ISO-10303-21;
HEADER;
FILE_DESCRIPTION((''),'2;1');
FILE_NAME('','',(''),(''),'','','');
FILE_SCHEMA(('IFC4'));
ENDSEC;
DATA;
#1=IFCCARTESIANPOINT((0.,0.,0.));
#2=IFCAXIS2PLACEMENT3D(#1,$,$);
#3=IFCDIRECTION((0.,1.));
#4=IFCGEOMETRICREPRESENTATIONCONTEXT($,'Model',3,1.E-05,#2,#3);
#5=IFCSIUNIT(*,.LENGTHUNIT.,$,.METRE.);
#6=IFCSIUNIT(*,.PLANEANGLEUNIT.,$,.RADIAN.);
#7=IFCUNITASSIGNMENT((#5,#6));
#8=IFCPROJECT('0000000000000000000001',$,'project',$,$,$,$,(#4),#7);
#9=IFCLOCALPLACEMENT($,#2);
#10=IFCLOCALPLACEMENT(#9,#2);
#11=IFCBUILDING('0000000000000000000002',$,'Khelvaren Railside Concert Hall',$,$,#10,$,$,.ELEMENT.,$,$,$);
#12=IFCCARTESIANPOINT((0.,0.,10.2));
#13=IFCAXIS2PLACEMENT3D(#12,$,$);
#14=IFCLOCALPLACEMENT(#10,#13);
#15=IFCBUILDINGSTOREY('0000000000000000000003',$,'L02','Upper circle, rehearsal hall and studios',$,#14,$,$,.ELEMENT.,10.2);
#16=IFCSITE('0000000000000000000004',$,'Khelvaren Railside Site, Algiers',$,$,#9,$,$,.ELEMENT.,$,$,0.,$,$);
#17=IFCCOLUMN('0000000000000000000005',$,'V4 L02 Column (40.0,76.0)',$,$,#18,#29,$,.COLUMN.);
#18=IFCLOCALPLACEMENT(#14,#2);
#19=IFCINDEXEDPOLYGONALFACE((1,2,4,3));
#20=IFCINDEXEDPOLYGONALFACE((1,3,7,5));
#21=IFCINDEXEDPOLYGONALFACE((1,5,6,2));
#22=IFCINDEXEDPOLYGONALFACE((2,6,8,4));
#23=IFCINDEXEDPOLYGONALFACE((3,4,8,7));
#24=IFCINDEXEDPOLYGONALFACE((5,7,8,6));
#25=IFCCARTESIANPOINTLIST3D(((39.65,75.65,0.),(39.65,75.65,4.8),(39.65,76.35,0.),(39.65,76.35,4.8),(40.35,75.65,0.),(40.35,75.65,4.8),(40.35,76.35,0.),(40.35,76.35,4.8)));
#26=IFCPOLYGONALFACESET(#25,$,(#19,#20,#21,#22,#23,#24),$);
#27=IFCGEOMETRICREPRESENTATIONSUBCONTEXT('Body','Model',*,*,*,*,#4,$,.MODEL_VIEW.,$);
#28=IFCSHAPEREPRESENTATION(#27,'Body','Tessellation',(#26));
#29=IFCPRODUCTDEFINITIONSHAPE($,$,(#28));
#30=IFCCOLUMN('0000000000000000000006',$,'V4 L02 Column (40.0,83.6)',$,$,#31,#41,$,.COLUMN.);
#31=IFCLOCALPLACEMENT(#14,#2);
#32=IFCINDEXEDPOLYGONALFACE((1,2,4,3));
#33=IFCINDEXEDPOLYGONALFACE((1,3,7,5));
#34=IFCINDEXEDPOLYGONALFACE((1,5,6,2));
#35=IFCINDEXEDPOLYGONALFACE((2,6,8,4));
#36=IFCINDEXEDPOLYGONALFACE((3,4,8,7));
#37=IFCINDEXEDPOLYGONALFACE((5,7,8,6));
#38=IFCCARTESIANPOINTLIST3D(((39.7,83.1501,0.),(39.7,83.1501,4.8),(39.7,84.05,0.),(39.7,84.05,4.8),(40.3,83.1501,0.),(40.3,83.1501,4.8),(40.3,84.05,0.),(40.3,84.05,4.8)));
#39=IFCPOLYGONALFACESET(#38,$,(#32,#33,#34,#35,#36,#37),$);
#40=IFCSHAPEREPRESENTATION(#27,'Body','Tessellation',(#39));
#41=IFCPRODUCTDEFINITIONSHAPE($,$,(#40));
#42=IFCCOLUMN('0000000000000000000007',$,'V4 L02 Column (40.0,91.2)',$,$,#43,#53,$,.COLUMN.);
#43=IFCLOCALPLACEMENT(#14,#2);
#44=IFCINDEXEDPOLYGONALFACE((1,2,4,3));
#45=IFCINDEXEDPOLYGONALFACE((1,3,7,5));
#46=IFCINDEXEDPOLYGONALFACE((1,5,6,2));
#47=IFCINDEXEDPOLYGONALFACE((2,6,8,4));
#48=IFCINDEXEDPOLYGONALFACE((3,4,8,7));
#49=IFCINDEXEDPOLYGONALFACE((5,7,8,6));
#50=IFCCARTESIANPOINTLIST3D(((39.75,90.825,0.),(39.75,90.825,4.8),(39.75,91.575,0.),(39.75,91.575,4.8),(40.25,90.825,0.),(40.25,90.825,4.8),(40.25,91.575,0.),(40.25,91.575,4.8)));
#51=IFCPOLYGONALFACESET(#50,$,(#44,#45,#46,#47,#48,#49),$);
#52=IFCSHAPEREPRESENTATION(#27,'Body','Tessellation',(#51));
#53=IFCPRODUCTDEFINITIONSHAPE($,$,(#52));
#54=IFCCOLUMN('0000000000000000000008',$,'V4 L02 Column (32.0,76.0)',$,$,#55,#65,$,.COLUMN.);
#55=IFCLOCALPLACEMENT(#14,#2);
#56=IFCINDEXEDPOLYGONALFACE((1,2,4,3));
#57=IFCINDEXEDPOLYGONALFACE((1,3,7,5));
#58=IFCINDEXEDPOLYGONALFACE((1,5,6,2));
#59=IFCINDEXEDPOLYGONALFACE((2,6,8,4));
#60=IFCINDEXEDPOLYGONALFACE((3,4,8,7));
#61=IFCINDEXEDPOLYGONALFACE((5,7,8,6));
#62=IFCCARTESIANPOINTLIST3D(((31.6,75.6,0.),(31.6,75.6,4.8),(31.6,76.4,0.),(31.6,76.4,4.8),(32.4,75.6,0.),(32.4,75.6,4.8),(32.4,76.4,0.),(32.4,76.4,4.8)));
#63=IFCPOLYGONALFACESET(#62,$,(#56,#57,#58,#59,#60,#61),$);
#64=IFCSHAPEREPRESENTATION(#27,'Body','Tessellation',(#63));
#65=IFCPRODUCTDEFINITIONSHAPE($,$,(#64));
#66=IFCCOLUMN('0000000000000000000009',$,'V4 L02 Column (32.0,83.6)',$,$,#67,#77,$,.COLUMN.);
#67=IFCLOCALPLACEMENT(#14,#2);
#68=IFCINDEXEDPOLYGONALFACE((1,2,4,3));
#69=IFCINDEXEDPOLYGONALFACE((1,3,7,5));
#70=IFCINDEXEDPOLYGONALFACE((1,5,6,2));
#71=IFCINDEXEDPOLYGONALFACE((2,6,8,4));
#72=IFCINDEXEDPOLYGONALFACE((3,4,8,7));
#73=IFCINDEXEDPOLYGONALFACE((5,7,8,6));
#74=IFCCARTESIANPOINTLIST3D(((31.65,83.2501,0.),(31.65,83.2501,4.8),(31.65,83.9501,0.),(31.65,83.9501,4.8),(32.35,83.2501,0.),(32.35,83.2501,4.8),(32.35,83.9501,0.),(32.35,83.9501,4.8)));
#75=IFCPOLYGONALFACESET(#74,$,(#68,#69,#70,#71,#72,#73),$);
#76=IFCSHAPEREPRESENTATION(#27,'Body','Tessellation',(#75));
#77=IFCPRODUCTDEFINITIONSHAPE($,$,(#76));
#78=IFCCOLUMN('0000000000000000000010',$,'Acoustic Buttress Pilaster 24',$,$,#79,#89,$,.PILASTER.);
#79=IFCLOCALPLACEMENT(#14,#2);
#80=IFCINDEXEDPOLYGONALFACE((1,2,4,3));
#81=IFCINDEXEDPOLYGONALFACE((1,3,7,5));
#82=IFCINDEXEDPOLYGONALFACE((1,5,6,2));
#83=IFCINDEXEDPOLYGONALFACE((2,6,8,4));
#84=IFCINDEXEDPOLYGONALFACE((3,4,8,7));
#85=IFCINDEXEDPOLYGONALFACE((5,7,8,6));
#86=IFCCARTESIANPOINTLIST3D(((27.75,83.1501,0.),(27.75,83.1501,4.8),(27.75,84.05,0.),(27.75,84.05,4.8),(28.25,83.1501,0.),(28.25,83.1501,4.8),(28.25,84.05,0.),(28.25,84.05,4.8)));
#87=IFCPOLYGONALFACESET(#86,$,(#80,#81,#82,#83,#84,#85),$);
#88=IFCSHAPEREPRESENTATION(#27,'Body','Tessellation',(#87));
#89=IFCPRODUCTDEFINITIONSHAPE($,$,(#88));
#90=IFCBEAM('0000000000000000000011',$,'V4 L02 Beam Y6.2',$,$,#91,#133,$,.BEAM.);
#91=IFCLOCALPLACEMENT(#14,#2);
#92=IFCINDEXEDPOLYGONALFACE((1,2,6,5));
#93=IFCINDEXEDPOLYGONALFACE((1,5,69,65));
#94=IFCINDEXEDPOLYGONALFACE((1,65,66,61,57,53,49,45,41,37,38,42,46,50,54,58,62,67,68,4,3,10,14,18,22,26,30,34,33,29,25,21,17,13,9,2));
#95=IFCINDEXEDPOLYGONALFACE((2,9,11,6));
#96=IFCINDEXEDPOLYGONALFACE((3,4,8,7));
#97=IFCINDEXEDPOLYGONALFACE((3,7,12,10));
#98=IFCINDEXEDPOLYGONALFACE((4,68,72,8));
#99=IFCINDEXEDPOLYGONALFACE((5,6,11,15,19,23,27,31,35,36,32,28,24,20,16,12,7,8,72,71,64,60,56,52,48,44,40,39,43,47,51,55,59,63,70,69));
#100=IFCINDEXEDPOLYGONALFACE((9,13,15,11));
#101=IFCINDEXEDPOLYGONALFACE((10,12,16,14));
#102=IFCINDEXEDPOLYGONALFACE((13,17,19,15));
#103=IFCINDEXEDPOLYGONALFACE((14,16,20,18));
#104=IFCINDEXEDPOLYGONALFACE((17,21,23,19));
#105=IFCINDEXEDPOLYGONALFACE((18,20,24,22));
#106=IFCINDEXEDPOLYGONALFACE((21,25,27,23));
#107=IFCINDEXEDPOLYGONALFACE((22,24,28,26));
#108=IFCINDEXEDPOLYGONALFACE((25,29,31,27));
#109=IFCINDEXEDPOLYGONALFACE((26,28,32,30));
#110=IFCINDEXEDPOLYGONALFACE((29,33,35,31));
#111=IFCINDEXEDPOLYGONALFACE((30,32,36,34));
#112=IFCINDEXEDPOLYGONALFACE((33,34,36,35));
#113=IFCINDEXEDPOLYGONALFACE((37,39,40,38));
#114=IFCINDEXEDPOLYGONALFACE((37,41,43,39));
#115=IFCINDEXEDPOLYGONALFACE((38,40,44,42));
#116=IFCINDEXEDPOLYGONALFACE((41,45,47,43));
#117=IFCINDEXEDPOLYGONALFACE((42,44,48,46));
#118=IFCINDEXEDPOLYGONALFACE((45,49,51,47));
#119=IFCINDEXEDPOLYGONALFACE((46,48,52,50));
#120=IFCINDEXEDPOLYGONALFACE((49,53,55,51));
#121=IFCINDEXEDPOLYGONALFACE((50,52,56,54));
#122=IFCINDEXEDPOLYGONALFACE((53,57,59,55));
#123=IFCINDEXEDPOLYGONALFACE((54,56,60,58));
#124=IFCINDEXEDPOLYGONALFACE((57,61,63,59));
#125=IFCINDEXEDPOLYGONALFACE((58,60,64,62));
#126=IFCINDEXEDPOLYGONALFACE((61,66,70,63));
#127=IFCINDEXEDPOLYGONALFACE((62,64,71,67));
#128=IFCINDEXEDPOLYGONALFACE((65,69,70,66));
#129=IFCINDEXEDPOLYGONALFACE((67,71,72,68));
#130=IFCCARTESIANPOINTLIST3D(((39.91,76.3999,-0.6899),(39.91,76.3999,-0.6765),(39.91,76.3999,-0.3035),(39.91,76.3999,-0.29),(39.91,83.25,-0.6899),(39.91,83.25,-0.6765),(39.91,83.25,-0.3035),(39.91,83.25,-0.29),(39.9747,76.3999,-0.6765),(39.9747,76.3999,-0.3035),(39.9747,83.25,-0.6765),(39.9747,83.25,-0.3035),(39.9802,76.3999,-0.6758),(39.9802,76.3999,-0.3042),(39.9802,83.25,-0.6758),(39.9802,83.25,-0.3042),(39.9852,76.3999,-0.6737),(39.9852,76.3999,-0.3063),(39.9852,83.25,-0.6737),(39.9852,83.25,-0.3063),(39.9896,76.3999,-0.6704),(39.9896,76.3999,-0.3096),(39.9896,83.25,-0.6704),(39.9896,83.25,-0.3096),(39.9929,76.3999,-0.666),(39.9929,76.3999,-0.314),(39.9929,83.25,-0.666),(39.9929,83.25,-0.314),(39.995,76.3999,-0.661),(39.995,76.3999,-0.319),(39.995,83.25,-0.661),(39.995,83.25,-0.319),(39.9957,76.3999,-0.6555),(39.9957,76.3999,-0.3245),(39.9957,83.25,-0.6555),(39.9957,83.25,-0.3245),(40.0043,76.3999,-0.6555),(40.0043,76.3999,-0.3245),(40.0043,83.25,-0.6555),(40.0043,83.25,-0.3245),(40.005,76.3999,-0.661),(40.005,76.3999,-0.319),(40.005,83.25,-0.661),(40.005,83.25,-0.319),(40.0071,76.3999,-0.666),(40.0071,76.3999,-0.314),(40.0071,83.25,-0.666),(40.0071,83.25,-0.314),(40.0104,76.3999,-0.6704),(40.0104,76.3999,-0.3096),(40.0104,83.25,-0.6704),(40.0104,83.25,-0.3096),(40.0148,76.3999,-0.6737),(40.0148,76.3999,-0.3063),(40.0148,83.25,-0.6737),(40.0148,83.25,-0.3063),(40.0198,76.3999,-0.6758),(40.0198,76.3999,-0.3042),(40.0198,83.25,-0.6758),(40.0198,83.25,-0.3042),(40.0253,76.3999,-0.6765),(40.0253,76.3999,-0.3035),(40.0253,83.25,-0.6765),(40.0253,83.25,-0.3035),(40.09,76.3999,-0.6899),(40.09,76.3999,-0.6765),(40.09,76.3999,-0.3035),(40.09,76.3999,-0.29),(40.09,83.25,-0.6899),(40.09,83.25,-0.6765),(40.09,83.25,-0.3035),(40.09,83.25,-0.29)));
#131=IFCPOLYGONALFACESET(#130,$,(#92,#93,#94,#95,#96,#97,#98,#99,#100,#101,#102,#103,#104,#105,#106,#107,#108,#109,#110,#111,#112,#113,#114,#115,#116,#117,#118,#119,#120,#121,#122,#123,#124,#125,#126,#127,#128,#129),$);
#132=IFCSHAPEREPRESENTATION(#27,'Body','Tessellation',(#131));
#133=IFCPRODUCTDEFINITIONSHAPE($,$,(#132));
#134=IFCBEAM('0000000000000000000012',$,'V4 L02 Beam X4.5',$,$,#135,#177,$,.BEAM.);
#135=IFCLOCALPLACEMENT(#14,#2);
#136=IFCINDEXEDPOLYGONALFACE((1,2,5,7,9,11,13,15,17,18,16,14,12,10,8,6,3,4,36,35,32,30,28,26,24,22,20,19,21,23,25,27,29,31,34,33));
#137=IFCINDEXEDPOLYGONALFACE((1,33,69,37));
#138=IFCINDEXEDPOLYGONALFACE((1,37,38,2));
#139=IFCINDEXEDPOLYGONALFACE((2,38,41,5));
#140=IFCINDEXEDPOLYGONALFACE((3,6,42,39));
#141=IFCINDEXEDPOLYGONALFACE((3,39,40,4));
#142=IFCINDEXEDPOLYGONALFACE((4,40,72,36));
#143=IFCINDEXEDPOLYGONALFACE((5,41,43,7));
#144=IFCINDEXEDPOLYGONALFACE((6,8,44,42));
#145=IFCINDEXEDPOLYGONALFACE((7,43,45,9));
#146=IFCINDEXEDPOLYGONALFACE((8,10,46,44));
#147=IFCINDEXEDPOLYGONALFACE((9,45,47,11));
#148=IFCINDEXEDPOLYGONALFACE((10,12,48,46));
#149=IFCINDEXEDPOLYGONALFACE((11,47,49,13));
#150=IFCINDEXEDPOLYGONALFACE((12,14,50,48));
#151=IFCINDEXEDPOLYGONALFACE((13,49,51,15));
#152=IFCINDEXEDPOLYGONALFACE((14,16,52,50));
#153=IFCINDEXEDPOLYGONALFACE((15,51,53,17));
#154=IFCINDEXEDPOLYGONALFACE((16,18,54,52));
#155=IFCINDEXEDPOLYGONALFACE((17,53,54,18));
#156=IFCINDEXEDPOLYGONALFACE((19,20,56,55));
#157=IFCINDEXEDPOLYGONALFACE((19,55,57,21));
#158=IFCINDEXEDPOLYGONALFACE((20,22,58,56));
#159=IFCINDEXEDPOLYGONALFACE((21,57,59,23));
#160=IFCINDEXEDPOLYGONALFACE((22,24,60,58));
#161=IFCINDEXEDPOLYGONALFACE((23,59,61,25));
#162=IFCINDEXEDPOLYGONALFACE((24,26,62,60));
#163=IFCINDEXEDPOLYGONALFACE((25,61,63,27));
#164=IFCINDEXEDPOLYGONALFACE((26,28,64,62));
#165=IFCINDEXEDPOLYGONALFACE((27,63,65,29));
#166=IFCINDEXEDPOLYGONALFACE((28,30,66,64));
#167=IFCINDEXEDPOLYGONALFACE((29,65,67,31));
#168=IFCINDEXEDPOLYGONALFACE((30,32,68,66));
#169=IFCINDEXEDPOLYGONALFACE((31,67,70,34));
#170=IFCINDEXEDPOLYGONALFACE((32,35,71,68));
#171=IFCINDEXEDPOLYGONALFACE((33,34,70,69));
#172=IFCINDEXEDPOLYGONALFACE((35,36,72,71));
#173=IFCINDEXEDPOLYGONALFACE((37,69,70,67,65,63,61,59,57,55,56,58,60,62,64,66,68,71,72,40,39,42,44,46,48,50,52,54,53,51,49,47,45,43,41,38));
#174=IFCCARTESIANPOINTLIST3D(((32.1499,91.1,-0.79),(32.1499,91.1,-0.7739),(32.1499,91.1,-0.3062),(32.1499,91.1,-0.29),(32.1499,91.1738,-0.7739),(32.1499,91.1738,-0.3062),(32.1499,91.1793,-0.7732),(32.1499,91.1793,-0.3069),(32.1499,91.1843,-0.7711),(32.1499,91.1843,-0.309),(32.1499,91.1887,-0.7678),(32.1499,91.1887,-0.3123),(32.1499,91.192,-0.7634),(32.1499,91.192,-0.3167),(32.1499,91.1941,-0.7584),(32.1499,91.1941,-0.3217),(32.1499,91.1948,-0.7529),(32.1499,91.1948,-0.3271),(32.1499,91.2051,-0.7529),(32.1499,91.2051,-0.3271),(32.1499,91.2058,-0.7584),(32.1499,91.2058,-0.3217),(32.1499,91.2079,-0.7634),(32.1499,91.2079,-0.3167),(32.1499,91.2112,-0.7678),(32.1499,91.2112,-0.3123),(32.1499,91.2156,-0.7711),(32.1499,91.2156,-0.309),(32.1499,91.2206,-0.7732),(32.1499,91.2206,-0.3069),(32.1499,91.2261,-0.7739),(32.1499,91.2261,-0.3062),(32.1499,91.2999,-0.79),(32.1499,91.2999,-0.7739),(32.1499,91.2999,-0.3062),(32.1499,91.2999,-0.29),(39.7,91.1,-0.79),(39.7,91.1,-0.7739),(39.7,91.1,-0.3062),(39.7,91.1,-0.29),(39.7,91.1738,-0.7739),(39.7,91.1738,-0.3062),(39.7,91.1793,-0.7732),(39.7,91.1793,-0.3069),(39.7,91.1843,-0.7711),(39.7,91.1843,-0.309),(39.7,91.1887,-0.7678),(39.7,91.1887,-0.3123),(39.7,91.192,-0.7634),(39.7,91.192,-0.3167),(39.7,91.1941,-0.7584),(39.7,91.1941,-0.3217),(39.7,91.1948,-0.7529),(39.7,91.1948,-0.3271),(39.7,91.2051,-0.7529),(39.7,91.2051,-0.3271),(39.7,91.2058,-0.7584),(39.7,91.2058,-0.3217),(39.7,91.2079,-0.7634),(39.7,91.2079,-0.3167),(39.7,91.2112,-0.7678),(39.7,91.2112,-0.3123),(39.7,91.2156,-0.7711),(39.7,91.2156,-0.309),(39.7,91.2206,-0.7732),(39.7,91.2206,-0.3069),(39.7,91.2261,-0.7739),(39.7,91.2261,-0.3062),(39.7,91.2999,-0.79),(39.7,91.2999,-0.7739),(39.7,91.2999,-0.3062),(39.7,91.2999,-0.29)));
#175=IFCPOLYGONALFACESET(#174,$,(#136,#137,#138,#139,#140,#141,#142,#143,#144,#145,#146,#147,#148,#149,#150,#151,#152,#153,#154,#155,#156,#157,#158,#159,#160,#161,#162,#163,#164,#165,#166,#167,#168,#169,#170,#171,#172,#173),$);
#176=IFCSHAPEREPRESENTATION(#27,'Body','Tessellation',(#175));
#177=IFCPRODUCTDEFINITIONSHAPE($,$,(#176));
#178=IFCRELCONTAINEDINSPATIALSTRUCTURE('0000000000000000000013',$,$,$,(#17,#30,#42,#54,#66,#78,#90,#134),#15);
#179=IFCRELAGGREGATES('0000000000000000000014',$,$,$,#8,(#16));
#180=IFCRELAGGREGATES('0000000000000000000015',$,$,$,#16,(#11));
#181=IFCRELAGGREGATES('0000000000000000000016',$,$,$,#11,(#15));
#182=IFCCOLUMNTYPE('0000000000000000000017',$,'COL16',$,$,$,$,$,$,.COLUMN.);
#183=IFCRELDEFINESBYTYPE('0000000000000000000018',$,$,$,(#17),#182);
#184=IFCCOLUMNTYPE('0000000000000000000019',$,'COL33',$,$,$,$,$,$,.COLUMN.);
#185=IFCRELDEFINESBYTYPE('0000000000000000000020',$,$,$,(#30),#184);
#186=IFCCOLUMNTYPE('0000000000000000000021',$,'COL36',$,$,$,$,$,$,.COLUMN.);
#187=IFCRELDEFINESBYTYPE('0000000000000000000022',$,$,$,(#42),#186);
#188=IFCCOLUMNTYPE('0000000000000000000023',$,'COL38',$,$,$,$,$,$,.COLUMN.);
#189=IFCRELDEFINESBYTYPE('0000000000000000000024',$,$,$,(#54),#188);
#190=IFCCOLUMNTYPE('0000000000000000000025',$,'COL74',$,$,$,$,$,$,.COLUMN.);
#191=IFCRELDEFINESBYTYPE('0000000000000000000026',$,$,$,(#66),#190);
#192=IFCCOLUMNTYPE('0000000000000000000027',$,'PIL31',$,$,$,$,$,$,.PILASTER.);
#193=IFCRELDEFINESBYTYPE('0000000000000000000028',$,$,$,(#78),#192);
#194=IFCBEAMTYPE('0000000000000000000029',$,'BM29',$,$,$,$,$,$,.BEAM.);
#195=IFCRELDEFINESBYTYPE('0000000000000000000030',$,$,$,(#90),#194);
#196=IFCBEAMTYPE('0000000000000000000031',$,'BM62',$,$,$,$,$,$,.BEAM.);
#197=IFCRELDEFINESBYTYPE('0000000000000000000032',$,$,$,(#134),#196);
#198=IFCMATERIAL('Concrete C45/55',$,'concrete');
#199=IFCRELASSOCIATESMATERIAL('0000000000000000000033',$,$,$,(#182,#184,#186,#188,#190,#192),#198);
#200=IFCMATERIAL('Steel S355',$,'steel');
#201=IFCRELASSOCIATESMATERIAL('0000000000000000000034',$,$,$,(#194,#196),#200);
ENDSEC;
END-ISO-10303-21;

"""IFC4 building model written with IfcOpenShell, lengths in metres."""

from ifc_helpers import new_model, si_unit, direction, frame, origin, origin_2d, place, context, subcontext, project, spatial, rectangle, i_section, extrude, material, material_profile, profile_set, type_object, element, save


model = new_model("IFC4")

# Units and contexts
model_context = context("Model", 3, precision=1e-05, world=origin(), true_north=direction((0.0, 1.0)))
body_context = subcontext(model_context, "Body", "Model", "MODEL_VIEW")
ifc_project = project(units=[si_unit("LENGTHUNIT", "METRE"), si_unit("PLANEANGLEUNIT", "RADIAN")], contexts=[model_context])

# Site, building, storey
site_placement = place(None, origin())
site = spatial("IfcSite", under=ifc_project, at=site_placement, Name="Khelvaren Railside Site, Algiers", CompositionType="ELEMENT", RefElevation=0.0)
building_placement = place(site_placement, origin())
building = spatial("IfcBuilding", under=site, at=building_placement, Name="Khelvaren Railside Concert Hall", CompositionType="ELEMENT")
storey_placement = place(building_placement, frame((0.0, 0.0, 10.2)))
storey = spatial("IfcBuildingStorey", under=building, at=storey_placement, Name="L02", Description="Upper circle, rehearsal hall and studios", CompositionType="ELEMENT", Elevation=10.2)

# Columns
ifc_material_1 = material(Name="Concrete C45/55", Category="concrete")
ifc_material_profile_1 = material_profile(ifc_material_1, rectangle(XDim=0.7, YDim=0.7, at=origin_2d()), Name="RC 700x700")
ifc_profile_set_1 = profile_set([ifc_material_profile_1], Name="Concrete C45/55")
column_type_1 = type_object("IfcColumnType", Name="COL16", PredefinedType="COLUMN", material=ifc_profile_set_1)
column_1_placement = place(storey_placement, frame((40.0, 76.0, 0.0), z_axis=(0.0, 0.0, 1.0), x_axis=(1.0, 0.0, 0.0)))
element("IfcColumn", 1, at=column_1_placement, inside=storey, type_object=column_type_1, Name="V4 L02 Column (40.0,76.0)", PredefinedType="COLUMN", context=body_context, shape_type="SweptSolid", body=[
    extrude(rectangle(XDim=0.7, YDim=0.7, at=origin_2d()), origin(), (0.0, 0.0, 1.0), 4.8),
])
ifc_material_profile_2 = material_profile(ifc_material_1, rectangle(XDim=0.6001, YDim=0.8999, at=origin_2d()), Name="RC 600x900")
ifc_profile_set_2 = profile_set([ifc_material_profile_2], Name="Concrete C45/55")
column_type_2 = type_object("IfcColumnType", Name="COL33", PredefinedType="COLUMN", material=ifc_profile_set_2)
column_2_placement = place(storey_placement, frame((40.0, 83.6001, 0.0), z_axis=(0.0, 0.0, 1.0), x_axis=(1.0, 0.0, 0.0)))
element("IfcColumn", 2, at=column_2_placement, inside=storey, type_object=column_type_2, Name="V4 L02 Column (40.0,83.6)", PredefinedType="COLUMN", context=body_context, shape_type="SweptSolid", body=[
    extrude(rectangle(XDim=0.6001, YDim=0.8999, at=origin_2d()), origin(), (0.0, 0.0, 1.0), 4.8),
])
ifc_material_profile_3 = material_profile(ifc_material_1, rectangle(XDim=0.5, YDim=0.75, at=origin_2d()), Name="RC 500x750")
ifc_profile_set_3 = profile_set([ifc_material_profile_3], Name="Concrete C45/55")
column_type_3 = type_object("IfcColumnType", Name="COL36", PredefinedType="COLUMN", material=ifc_profile_set_3)
column_3_placement = place(storey_placement, frame((40.0, 91.2, 0.0), z_axis=(0.0, 0.0, 1.0), x_axis=(1.0, 0.0, 0.0)))
element("IfcColumn", 3, at=column_3_placement, inside=storey, type_object=column_type_3, Name="V4 L02 Column (40.0,91.2)", PredefinedType="COLUMN", context=body_context, shape_type="SweptSolid", body=[
    extrude(rectangle(XDim=0.5, YDim=0.75, at=origin_2d()), origin(), (0.0, 0.0, 1.0), 4.8),
])
ifc_material_profile_4 = material_profile(ifc_material_1, rectangle(XDim=0.8, YDim=0.8, at=origin_2d()), Name="RC 800x800")
ifc_profile_set_4 = profile_set([ifc_material_profile_4], Name="Concrete C45/55")
column_type_4 = type_object("IfcColumnType", Name="COL38", PredefinedType="COLUMN", material=ifc_profile_set_4)
column_4_placement = place(storey_placement, frame((32.0, 76.0, 0.0), z_axis=(0.0, 0.0, 1.0), x_axis=(1.0, 0.0, 0.0)))
element("IfcColumn", 4, at=column_4_placement, inside=storey, type_object=column_type_4, Name="V4 L02 Column (32.0,76.0)", PredefinedType="COLUMN", context=body_context, shape_type="SweptSolid", body=[
    extrude(rectangle(XDim=0.8, YDim=0.8, at=origin_2d()), origin(), (0.0, 0.0, 1.0), 4.8),
])
ifc_material_profile_5 = material_profile(ifc_material_1, rectangle(XDim=0.7, YDim=0.7, at=origin_2d()), Name="RC 700x700")
ifc_profile_set_5 = profile_set([ifc_material_profile_5], Name="Concrete C45/55")
column_type_5 = type_object("IfcColumnType", Name="COL74", PredefinedType="COLUMN", material=ifc_profile_set_5)
column_5_placement = place(storey_placement, frame((32.0, 83.6001, 0.0), z_axis=(0.0, 0.0, 1.0), x_axis=(1.0, 0.0, 0.0)))
element("IfcColumn", 5, at=column_5_placement, inside=storey, type_object=column_type_5, Name="V4 L02 Column (32.0,83.6)", PredefinedType="COLUMN", context=body_context, shape_type="SweptSolid", body=[
    extrude(rectangle(XDim=0.7, YDim=0.7, at=origin_2d()), origin(), (0.0, 0.0, 1.0), 4.8),
])
ifc_material_profile_6 = material_profile(ifc_material_1, rectangle(XDim=0.5, YDim=0.8999, at=origin_2d()), Name="PIL 500x900")
ifc_profile_set_6 = profile_set([ifc_material_profile_6], Name="Concrete C45/55")
column_type_6 = type_object("IfcColumnType", Name="PIL31", PredefinedType="PILASTER", material=ifc_profile_set_6)
column_6_placement = place(storey_placement, frame((28.0, 83.6001, 0.0), z_axis=(0.0, 0.0, 1.0), x_axis=(1.0, 0.0, 0.0)))
element("IfcColumn", 6, at=column_6_placement, inside=storey, type_object=column_type_6, Name="Acoustic Buttress Pilaster 24", PredefinedType="PILASTER", context=body_context, shape_type="SweptSolid", body=[
    extrude(rectangle(XDim=0.5, YDim=0.8999, at=origin_2d()), origin(), (0.0, 0.0, 1.0), 4.8),
])

# Beams
ifc_material_2 = material(Name="Steel S355", Category="steel")
ifc_material_profile_7 = material_profile(ifc_material_2, i_section(OverallWidth=0.1799, OverallDepth=0.3999, WebThickness=0.0085, FlangeThickness=0.0134, FilletRadius=0.021, at=origin_2d()), Name="IPE 400")
ifc_profile_set_7 = profile_set([ifc_material_profile_7], Name="Steel S355")
beam_type_1 = type_object("IfcBeamType", Name="BM29", PredefinedType="BEAM", material=ifc_profile_set_7)
beam_1_placement = place(storey_placement, frame((40.0, 76.3999, -0.49), z_axis=(0.0, 1.0, 0.0), x_axis=(-1.0, 0.0, 0.0)))
element("IfcBeam", 7, at=beam_1_placement, inside=storey, type_object=beam_type_1, Name="V4 L02 Beam Y6.2", PredefinedType="BEAM", context=body_context, shape_type="SweptSolid", body=[
    extrude(i_section(OverallWidth=0.1799, OverallDepth=0.3999, WebThickness=0.0085, FlangeThickness=0.0134, FilletRadius=0.021, at=origin_2d()), origin(), (0.0, 0.0, 1.0), 6.8501),
])
ifc_material_profile_8 = material_profile(ifc_material_2, i_section(OverallWidth=0.2, OverallDepth=0.5, WebThickness=0.0103, FlangeThickness=0.0161, FilletRadius=0.021, at=origin_2d()), Name="IPE 500")
ifc_profile_set_8 = profile_set([ifc_material_profile_8], Name="Steel S355")
beam_type_2 = type_object("IfcBeamType", Name="BM62", PredefinedType="BEAM", material=ifc_profile_set_8)
beam_2_placement = place(storey_placement, frame((32.1499, 91.2, -0.54), z_axis=(1.0, 0.0, 0.0), x_axis=(0.0, 1.0, 0.0)))
element("IfcBeam", 8, at=beam_2_placement, inside=storey, type_object=beam_type_2, Name="V4 L02 Beam X4.5", PredefinedType="BEAM", context=body_context, shape_type="SweptSolid", body=[
    extrude(i_section(OverallWidth=0.2, OverallDepth=0.5, WebThickness=0.0103, FlangeThickness=0.0161, FilletRadius=0.021, at=origin_2d()), origin(), (0.0, 0.0, 1.0), 7.55),
])

save(model, "model.ifc")
